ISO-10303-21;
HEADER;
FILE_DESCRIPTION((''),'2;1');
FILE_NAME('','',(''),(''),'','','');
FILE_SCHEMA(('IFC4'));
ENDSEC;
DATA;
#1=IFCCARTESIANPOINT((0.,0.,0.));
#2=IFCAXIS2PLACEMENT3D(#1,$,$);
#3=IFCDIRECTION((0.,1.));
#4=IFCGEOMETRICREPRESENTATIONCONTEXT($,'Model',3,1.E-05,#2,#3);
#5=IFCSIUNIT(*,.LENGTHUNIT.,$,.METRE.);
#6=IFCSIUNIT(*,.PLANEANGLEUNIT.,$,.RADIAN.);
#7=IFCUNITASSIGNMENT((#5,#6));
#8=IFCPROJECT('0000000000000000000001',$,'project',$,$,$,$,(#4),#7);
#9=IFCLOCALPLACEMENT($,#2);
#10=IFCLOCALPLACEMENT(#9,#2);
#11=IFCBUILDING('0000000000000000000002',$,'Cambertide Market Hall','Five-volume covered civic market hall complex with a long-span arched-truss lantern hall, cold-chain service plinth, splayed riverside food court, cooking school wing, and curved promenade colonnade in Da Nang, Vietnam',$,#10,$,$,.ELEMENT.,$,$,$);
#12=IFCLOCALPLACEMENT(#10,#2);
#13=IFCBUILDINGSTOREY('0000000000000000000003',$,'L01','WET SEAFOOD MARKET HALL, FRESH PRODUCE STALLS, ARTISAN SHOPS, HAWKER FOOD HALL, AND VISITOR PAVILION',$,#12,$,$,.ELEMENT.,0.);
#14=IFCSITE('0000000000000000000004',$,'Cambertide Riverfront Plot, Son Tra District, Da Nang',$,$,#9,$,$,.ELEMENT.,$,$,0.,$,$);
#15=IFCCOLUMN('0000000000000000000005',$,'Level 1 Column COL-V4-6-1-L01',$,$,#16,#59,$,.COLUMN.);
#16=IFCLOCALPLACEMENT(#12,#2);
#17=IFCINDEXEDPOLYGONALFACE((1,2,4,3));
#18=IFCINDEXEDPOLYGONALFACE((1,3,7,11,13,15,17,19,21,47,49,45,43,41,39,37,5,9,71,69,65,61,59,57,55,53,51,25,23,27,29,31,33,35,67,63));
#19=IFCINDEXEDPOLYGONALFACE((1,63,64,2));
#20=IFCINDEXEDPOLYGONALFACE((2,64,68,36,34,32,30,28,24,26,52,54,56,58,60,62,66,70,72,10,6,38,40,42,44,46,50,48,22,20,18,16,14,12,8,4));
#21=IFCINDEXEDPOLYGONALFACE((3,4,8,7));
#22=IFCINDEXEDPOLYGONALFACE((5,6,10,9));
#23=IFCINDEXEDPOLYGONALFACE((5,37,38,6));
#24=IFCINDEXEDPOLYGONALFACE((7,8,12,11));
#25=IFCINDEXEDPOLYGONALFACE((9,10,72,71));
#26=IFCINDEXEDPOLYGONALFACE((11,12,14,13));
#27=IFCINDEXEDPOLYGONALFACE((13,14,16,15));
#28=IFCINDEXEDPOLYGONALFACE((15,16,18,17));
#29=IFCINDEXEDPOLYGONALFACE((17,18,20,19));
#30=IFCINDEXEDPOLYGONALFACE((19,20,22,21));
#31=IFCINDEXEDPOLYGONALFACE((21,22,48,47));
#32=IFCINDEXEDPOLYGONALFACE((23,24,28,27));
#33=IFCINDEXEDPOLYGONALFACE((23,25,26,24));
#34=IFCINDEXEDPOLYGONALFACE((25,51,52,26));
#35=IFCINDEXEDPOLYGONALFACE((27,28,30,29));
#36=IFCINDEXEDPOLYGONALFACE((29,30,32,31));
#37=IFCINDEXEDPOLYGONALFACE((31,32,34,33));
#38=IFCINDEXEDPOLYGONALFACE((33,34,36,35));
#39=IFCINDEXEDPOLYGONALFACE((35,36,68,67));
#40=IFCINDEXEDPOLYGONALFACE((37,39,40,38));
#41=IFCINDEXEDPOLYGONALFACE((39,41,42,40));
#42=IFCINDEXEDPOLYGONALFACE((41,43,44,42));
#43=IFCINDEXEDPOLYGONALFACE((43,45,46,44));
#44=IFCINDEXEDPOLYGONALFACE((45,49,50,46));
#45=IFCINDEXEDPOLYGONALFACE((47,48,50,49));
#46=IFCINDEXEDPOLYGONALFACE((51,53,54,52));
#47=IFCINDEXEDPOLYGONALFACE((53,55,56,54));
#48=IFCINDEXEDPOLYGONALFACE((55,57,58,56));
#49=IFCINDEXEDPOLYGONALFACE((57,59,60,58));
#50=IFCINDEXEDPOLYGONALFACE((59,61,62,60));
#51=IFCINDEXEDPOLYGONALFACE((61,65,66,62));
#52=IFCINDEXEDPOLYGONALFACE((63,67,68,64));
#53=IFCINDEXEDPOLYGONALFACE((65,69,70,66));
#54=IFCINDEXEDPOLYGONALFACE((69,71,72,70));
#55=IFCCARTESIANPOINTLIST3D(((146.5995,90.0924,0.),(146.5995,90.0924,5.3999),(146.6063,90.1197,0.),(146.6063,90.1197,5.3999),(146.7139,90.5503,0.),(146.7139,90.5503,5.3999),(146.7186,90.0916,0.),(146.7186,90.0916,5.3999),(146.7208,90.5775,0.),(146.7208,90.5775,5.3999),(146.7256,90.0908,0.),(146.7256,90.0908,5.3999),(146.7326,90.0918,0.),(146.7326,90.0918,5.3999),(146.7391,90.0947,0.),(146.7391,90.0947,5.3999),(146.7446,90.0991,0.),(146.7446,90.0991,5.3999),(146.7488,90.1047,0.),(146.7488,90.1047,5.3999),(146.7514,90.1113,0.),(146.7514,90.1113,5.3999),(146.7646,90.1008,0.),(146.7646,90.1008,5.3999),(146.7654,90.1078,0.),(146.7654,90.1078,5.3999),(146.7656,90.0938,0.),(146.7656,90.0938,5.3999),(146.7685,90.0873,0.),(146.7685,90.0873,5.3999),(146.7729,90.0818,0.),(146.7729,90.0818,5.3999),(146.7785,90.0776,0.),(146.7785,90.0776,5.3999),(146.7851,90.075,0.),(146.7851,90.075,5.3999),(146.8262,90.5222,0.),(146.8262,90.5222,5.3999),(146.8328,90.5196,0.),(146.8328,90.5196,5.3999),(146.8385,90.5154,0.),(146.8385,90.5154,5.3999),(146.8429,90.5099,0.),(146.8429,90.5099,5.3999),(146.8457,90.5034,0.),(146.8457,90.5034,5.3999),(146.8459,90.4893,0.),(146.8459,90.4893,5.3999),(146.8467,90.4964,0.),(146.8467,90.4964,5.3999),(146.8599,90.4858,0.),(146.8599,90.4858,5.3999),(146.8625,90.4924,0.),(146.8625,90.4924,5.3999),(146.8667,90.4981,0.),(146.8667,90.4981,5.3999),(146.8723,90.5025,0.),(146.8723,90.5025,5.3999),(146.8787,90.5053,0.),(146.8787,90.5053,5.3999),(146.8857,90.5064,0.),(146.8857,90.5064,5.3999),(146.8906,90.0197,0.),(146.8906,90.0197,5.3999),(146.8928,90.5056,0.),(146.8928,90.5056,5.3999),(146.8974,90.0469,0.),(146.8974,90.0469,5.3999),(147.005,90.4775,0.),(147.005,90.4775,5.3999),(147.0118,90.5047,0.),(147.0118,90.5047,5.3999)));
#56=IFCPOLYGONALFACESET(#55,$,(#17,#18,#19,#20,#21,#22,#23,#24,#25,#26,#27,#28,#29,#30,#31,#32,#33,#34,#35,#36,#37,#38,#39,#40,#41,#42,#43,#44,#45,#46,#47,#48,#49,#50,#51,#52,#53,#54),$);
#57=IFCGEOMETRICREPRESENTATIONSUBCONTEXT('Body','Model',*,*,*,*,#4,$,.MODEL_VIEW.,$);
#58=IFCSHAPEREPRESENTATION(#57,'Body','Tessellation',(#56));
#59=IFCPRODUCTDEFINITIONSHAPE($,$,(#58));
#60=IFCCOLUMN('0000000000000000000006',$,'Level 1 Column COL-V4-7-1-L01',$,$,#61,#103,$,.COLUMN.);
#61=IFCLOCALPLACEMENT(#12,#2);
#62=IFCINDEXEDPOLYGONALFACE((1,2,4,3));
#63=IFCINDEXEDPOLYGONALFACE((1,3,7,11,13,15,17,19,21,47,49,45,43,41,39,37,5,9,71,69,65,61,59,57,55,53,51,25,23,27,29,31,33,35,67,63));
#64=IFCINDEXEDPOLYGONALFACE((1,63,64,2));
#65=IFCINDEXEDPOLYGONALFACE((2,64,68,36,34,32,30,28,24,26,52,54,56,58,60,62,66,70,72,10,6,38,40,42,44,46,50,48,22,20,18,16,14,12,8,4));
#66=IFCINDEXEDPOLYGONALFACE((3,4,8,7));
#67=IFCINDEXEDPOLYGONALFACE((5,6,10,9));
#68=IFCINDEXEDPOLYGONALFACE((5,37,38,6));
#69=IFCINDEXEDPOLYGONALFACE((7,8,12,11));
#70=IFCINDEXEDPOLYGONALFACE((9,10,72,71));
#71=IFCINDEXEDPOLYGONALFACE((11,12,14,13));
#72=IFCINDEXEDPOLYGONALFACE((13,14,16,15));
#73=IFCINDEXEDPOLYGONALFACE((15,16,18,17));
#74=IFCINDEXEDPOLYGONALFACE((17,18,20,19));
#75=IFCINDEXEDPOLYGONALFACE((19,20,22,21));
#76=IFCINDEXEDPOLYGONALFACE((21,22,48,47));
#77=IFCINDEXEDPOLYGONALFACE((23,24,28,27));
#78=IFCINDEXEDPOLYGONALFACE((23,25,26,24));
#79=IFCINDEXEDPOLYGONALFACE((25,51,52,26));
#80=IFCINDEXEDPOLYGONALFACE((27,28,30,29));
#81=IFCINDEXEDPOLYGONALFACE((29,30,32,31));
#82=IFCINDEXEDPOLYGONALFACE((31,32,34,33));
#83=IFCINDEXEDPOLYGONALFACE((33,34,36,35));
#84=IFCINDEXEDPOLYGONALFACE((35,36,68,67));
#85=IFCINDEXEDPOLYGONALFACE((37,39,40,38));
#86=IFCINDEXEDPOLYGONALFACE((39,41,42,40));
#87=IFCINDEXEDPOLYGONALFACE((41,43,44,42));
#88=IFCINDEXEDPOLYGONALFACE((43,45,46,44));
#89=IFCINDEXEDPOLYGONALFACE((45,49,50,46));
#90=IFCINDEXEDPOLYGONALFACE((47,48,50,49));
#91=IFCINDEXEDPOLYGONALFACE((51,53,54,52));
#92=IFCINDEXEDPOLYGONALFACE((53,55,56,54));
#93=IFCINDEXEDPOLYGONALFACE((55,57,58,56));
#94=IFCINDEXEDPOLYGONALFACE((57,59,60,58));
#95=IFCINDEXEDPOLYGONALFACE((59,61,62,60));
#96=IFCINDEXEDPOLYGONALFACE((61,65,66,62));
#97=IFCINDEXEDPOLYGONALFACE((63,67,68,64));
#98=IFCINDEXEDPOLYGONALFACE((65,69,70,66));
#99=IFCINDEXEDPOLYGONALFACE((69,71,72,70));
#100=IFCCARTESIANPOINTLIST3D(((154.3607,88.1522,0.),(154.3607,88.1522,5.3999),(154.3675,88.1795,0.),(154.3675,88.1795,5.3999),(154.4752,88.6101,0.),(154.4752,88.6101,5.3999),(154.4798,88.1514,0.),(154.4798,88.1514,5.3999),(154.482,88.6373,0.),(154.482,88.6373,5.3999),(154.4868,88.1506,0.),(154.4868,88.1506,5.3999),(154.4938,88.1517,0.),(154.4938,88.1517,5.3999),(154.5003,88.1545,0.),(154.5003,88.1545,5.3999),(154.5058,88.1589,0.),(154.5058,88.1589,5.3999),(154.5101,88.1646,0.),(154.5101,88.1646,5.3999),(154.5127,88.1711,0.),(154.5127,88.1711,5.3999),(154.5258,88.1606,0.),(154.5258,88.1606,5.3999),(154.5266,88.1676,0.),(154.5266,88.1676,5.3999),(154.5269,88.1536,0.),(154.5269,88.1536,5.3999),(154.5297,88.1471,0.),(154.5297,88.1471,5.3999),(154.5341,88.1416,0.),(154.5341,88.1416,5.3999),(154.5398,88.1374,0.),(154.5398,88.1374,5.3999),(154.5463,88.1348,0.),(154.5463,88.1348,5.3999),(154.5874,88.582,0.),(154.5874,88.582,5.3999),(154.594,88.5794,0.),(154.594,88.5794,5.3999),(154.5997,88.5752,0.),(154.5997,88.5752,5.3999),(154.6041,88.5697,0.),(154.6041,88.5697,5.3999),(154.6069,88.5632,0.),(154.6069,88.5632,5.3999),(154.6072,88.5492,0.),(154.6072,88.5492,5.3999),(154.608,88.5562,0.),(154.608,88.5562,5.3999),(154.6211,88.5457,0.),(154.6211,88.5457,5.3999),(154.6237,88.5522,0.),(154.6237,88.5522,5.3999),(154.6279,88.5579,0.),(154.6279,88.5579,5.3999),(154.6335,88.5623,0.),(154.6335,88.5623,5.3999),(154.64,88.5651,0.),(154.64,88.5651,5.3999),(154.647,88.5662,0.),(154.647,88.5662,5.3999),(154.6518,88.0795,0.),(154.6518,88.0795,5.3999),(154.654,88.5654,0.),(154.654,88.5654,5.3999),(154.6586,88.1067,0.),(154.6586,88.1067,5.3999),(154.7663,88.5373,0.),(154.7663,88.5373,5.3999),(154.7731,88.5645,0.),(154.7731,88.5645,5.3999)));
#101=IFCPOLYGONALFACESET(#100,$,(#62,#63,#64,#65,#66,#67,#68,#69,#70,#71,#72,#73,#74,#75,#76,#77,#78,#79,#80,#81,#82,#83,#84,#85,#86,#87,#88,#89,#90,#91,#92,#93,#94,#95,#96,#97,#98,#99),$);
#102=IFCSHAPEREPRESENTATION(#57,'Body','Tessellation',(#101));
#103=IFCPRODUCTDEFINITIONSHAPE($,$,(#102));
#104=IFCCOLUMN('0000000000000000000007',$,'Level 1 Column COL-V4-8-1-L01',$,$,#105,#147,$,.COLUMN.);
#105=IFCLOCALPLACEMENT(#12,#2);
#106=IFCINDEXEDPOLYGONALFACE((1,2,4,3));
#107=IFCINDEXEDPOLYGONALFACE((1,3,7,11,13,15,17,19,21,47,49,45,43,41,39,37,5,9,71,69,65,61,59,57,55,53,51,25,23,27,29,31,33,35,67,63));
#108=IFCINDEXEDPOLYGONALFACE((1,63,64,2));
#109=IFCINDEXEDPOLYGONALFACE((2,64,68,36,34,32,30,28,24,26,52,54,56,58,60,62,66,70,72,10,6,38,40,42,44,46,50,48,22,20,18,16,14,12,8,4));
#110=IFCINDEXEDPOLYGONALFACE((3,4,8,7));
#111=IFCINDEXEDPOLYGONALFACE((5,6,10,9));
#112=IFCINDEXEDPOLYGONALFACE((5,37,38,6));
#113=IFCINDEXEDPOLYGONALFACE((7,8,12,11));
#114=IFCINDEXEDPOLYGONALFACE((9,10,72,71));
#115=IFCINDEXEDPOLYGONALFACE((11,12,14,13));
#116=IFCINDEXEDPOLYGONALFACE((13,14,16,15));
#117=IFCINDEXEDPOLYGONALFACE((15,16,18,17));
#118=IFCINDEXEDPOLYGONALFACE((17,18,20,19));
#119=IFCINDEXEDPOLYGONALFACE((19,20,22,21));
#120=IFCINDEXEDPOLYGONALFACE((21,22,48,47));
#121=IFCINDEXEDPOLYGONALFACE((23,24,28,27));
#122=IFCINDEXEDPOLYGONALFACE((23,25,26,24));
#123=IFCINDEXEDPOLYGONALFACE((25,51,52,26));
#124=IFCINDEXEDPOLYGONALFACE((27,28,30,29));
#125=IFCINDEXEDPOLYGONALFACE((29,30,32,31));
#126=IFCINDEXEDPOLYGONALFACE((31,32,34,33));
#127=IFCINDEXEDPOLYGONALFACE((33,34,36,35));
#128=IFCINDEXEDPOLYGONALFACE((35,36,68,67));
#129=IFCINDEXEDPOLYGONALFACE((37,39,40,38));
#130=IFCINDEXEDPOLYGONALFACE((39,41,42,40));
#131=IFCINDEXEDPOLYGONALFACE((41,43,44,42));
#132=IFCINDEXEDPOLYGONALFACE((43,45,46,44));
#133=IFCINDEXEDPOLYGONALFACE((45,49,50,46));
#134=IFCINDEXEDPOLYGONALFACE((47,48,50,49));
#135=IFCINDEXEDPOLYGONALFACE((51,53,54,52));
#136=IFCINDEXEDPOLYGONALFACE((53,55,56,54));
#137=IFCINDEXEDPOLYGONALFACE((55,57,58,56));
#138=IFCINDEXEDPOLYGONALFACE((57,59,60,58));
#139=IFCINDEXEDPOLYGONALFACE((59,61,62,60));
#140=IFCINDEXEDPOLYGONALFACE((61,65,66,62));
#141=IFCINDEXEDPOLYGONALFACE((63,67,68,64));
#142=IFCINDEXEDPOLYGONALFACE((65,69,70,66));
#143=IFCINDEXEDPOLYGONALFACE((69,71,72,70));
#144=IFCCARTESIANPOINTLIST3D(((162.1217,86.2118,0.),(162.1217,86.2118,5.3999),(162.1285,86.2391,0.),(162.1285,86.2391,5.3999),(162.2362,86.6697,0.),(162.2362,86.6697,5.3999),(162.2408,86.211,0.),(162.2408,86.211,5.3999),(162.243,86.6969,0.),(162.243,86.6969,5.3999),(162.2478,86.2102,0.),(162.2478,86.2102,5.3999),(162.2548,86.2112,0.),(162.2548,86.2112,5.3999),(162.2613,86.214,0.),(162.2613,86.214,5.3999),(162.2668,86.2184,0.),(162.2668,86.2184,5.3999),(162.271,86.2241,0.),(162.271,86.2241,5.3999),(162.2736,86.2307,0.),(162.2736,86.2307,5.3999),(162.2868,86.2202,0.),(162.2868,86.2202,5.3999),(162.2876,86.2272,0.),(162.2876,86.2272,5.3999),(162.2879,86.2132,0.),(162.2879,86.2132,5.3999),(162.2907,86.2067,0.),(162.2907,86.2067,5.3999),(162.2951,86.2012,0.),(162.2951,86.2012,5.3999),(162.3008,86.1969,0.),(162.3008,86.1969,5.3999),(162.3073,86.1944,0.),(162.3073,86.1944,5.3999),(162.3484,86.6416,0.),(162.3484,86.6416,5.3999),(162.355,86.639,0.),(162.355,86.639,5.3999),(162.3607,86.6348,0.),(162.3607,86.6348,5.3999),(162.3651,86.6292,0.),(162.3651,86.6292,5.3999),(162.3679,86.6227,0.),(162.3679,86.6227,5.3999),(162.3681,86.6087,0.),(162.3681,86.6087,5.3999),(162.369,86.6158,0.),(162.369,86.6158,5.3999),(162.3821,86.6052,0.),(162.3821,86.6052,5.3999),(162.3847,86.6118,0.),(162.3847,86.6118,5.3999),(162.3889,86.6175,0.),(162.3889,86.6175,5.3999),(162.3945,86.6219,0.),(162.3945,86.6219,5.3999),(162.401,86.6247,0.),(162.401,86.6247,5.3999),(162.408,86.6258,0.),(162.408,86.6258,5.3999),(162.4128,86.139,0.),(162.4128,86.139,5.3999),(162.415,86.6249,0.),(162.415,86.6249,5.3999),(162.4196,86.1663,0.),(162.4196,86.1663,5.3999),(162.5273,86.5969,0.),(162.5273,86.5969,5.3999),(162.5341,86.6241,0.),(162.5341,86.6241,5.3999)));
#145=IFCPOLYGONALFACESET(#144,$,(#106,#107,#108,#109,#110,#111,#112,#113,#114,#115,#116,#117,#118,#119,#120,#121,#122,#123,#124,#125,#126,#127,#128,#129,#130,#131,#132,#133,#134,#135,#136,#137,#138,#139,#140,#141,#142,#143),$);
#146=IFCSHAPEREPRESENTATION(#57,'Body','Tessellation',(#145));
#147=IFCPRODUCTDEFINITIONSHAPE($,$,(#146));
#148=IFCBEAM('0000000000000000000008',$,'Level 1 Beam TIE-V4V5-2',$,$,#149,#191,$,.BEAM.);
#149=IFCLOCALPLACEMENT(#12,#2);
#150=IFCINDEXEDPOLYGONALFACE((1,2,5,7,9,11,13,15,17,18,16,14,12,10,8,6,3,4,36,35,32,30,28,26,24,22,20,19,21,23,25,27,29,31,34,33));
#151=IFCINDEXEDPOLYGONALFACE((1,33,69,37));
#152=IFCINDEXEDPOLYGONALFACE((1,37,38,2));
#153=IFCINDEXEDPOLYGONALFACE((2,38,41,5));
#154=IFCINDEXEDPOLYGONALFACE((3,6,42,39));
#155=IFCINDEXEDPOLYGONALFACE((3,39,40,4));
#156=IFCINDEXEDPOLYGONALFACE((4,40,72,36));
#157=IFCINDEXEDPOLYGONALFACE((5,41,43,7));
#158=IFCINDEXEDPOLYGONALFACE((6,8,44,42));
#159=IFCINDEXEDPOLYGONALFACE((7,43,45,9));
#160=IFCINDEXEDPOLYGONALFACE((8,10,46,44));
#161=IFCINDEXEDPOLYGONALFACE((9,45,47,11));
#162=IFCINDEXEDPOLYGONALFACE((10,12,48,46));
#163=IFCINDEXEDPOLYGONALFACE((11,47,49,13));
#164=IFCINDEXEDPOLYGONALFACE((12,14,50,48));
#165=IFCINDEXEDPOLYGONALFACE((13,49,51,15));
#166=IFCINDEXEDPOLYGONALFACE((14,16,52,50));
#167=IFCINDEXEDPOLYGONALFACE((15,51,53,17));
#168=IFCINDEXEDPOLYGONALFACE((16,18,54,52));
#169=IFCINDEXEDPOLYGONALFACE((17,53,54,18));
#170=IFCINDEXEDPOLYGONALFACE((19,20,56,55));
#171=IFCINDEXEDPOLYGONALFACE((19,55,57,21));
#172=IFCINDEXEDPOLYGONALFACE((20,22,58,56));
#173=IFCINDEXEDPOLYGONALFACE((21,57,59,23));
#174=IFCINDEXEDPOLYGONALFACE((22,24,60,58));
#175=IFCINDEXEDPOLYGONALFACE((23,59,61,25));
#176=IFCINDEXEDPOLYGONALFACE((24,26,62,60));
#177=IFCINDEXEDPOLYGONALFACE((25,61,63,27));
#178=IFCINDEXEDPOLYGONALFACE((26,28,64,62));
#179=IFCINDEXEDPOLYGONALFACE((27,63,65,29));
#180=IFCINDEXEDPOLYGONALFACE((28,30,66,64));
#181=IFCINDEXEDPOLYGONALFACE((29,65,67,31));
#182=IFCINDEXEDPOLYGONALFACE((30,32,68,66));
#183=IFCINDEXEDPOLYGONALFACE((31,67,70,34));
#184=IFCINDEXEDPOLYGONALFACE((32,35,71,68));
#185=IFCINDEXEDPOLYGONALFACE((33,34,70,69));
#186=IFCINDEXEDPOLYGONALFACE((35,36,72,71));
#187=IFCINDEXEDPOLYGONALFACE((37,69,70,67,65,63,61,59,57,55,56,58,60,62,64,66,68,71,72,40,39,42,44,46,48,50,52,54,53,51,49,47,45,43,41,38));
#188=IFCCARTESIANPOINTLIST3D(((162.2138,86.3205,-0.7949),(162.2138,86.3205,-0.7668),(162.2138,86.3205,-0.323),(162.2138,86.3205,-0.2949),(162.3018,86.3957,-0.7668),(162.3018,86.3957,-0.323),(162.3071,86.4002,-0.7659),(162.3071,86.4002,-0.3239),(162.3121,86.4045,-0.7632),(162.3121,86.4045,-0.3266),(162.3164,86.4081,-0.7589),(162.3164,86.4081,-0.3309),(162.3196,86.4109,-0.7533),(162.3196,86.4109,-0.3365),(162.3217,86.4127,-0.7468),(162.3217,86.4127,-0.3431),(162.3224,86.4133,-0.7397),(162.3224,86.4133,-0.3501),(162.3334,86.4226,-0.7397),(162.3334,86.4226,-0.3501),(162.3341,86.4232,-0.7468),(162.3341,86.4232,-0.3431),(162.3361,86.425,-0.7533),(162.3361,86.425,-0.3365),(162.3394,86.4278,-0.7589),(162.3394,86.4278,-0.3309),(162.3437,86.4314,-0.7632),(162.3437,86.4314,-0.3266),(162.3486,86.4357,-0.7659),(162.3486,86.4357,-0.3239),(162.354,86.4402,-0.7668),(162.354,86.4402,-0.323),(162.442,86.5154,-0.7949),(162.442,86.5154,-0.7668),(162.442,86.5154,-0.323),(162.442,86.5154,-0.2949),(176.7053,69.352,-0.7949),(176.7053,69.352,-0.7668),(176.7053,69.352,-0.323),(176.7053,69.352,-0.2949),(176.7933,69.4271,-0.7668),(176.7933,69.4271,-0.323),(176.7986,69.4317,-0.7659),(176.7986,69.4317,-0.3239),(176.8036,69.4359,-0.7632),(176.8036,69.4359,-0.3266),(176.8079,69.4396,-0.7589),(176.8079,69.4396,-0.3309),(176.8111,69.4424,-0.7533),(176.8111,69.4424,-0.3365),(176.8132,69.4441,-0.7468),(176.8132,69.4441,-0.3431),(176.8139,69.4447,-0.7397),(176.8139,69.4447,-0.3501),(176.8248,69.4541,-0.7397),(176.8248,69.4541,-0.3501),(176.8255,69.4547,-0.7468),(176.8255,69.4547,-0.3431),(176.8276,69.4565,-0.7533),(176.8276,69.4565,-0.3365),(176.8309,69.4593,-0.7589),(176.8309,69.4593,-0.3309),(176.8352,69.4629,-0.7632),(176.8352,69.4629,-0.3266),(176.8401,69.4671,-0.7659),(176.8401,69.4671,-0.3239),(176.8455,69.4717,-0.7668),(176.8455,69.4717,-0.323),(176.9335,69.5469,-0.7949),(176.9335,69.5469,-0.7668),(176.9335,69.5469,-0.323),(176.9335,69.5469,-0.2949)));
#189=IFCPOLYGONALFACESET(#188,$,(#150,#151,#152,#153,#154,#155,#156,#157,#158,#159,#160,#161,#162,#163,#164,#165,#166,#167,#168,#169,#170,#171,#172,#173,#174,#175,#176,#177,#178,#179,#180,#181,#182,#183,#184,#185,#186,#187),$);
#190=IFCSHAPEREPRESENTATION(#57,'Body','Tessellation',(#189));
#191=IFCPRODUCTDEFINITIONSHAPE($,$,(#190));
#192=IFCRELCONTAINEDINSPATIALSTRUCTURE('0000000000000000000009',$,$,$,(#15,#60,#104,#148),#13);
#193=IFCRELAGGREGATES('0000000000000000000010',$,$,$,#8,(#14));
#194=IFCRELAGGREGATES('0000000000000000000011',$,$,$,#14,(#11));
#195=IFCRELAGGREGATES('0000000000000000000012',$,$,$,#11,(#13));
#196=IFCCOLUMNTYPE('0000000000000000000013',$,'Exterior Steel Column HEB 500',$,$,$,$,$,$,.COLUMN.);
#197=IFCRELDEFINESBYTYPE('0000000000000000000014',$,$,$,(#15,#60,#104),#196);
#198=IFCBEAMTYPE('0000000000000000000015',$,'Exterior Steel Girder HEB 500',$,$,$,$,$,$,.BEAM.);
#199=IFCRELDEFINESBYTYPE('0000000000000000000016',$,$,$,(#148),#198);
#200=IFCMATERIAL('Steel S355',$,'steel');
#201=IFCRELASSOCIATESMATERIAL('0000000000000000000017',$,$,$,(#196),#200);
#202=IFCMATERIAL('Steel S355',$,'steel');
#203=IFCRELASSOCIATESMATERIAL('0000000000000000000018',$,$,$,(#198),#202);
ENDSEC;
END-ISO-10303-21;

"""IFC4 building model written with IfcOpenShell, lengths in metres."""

from ifc_helpers import new_model, si_unit, direction, frame, origin, origin_2d, place, context, subcontext, project, spatial, i_section, extrude, material, material_profile, profile_set, type_object, element, save


model = new_model("IFC4")

# Units and contexts
model_context = context("Model", 3, precision=1e-05, world=origin(), true_north=direction((0.0, 1.0)))
body_context = subcontext(model_context, "Body", "Model", "MODEL_VIEW")
ifc_project = project(units=[si_unit("LENGTHUNIT", "METRE"), si_unit("PLANEANGLEUNIT", "RADIAN")], contexts=[model_context])

# Site, building, storey
site_placement = place(None, origin())
site = spatial("IfcSite", under=ifc_project, at=site_placement, Name="Cambertide Riverfront Plot, Son Tra District, Da Nang", CompositionType="ELEMENT", RefElevation=0.0)
building_placement = place(site_placement, origin())
building = spatial("IfcBuilding", under=site, at=building_placement, Name="Cambertide Market Hall", Description="Five-volume covered civic market hall complex with a long-span arched-truss lantern hall, cold-chain service plinth, splayed riverside food court, cooking school wing, and curved promenade colonnade in Da Nang, Vietnam", CompositionType="ELEMENT")
storey_placement = place(building_placement, origin())
storey = spatial("IfcBuildingStorey", under=building, at=storey_placement, Name="L01", Description="WET SEAFOOD MARKET HALL, FRESH PRODUCE STALLS, ARTISAN SHOPS, HAWKER FOOD HALL, AND VISITOR PAVILION", CompositionType="ELEMENT", Elevation=0.0)

# Columns
ifc_material_1 = material(Name="Steel S355", Category="steel")
ifc_material_profile_1 = material_profile(ifc_material_1, i_section(OverallWidth=0.3, OverallDepth=0.5, WebThickness=0.0144, FlangeThickness=0.0281, FilletRadius=0.0271, at=origin_2d()), Name="HEB 500")
ifc_profile_set_1 = profile_set([ifc_material_profile_1], Name="Steel S355")
column_type = type_object("IfcColumnType", Name="Exterior Steel Column HEB 500", PredefinedType="COLUMN", material=ifc_profile_set_1)
for number, where, z_axis, x_axis, name in (
    (1, (146.8057, 90.2986, 0.0), (0.0, 0.0, 1.0), (0.970143, -0.242536, 0.0), "Level 1 Column COL-V4-6-1-L01"),
    (2, (154.5669, 88.3584, 0.0), (0.0, 0.0, 1.0), (0.970143, -0.242536, 0.0), "Level 1 Column COL-V4-7-1-L01"),
    (3, (162.3279, 86.418, 0.0), (0.0, 0.0, 1.0), (0.970143, -0.242536, 0.0), "Level 1 Column COL-V4-8-1-L01"),
):
    element("IfcColumn", number, at=place(storey_placement, frame(where, z_axis=z_axis, x_axis=x_axis)), inside=storey, type_object=column_type, Name=name, PredefinedType="COLUMN", context=body_context, shape_type="SweptSolid", body=[
        extrude(i_section(OverallWidth=0.3, OverallDepth=0.5, WebThickness=0.0144, FlangeThickness=0.0281, FilletRadius=0.0271, at=origin_2d()), origin(), (0.0, 0.0, 1.0), 5.3999),
    ])

# Beam
ifc_material_2 = material(Name="Steel S355", Category="steel")
ifc_material_profile_2 = material_profile(ifc_material_2, i_section(OverallWidth=0.3, OverallDepth=0.5, WebThickness=0.0144, FlangeThickness=0.0281, FilletRadius=0.0271, at=origin_2d()), Name="HEB 500")
ifc_profile_set_2 = profile_set([ifc_material_profile_2], Name="Steel S355")
beam_type_1 = type_object("IfcBeamType", Name="Exterior Steel Girder HEB 500", PredefinedType="BEAM", material=ifc_profile_set_2)
beam_placement = place(storey_placement, frame((162.3279, 86.418, -0.5449), z_axis=(0.649422, -0.760428, 0.0), x_axis=(0.760428, 0.649422, 0.0)))
element("IfcBeam", 4, at=beam_placement, inside=storey, type_object=beam_type_1, Name="Level 1 Beam TIE-V4V5-2", PredefinedType="BEAM", context=body_context, shape_type="SweptSolid", body=[
    extrude(i_section(OverallWidth=0.3, OverallDepth=0.5, WebThickness=0.0144, FlangeThickness=0.0281, FilletRadius=0.0271, at=origin_2d()), origin(), (0.0, 0.0, 1.0), 22.3145),
])

save(model, "model.ifc")
